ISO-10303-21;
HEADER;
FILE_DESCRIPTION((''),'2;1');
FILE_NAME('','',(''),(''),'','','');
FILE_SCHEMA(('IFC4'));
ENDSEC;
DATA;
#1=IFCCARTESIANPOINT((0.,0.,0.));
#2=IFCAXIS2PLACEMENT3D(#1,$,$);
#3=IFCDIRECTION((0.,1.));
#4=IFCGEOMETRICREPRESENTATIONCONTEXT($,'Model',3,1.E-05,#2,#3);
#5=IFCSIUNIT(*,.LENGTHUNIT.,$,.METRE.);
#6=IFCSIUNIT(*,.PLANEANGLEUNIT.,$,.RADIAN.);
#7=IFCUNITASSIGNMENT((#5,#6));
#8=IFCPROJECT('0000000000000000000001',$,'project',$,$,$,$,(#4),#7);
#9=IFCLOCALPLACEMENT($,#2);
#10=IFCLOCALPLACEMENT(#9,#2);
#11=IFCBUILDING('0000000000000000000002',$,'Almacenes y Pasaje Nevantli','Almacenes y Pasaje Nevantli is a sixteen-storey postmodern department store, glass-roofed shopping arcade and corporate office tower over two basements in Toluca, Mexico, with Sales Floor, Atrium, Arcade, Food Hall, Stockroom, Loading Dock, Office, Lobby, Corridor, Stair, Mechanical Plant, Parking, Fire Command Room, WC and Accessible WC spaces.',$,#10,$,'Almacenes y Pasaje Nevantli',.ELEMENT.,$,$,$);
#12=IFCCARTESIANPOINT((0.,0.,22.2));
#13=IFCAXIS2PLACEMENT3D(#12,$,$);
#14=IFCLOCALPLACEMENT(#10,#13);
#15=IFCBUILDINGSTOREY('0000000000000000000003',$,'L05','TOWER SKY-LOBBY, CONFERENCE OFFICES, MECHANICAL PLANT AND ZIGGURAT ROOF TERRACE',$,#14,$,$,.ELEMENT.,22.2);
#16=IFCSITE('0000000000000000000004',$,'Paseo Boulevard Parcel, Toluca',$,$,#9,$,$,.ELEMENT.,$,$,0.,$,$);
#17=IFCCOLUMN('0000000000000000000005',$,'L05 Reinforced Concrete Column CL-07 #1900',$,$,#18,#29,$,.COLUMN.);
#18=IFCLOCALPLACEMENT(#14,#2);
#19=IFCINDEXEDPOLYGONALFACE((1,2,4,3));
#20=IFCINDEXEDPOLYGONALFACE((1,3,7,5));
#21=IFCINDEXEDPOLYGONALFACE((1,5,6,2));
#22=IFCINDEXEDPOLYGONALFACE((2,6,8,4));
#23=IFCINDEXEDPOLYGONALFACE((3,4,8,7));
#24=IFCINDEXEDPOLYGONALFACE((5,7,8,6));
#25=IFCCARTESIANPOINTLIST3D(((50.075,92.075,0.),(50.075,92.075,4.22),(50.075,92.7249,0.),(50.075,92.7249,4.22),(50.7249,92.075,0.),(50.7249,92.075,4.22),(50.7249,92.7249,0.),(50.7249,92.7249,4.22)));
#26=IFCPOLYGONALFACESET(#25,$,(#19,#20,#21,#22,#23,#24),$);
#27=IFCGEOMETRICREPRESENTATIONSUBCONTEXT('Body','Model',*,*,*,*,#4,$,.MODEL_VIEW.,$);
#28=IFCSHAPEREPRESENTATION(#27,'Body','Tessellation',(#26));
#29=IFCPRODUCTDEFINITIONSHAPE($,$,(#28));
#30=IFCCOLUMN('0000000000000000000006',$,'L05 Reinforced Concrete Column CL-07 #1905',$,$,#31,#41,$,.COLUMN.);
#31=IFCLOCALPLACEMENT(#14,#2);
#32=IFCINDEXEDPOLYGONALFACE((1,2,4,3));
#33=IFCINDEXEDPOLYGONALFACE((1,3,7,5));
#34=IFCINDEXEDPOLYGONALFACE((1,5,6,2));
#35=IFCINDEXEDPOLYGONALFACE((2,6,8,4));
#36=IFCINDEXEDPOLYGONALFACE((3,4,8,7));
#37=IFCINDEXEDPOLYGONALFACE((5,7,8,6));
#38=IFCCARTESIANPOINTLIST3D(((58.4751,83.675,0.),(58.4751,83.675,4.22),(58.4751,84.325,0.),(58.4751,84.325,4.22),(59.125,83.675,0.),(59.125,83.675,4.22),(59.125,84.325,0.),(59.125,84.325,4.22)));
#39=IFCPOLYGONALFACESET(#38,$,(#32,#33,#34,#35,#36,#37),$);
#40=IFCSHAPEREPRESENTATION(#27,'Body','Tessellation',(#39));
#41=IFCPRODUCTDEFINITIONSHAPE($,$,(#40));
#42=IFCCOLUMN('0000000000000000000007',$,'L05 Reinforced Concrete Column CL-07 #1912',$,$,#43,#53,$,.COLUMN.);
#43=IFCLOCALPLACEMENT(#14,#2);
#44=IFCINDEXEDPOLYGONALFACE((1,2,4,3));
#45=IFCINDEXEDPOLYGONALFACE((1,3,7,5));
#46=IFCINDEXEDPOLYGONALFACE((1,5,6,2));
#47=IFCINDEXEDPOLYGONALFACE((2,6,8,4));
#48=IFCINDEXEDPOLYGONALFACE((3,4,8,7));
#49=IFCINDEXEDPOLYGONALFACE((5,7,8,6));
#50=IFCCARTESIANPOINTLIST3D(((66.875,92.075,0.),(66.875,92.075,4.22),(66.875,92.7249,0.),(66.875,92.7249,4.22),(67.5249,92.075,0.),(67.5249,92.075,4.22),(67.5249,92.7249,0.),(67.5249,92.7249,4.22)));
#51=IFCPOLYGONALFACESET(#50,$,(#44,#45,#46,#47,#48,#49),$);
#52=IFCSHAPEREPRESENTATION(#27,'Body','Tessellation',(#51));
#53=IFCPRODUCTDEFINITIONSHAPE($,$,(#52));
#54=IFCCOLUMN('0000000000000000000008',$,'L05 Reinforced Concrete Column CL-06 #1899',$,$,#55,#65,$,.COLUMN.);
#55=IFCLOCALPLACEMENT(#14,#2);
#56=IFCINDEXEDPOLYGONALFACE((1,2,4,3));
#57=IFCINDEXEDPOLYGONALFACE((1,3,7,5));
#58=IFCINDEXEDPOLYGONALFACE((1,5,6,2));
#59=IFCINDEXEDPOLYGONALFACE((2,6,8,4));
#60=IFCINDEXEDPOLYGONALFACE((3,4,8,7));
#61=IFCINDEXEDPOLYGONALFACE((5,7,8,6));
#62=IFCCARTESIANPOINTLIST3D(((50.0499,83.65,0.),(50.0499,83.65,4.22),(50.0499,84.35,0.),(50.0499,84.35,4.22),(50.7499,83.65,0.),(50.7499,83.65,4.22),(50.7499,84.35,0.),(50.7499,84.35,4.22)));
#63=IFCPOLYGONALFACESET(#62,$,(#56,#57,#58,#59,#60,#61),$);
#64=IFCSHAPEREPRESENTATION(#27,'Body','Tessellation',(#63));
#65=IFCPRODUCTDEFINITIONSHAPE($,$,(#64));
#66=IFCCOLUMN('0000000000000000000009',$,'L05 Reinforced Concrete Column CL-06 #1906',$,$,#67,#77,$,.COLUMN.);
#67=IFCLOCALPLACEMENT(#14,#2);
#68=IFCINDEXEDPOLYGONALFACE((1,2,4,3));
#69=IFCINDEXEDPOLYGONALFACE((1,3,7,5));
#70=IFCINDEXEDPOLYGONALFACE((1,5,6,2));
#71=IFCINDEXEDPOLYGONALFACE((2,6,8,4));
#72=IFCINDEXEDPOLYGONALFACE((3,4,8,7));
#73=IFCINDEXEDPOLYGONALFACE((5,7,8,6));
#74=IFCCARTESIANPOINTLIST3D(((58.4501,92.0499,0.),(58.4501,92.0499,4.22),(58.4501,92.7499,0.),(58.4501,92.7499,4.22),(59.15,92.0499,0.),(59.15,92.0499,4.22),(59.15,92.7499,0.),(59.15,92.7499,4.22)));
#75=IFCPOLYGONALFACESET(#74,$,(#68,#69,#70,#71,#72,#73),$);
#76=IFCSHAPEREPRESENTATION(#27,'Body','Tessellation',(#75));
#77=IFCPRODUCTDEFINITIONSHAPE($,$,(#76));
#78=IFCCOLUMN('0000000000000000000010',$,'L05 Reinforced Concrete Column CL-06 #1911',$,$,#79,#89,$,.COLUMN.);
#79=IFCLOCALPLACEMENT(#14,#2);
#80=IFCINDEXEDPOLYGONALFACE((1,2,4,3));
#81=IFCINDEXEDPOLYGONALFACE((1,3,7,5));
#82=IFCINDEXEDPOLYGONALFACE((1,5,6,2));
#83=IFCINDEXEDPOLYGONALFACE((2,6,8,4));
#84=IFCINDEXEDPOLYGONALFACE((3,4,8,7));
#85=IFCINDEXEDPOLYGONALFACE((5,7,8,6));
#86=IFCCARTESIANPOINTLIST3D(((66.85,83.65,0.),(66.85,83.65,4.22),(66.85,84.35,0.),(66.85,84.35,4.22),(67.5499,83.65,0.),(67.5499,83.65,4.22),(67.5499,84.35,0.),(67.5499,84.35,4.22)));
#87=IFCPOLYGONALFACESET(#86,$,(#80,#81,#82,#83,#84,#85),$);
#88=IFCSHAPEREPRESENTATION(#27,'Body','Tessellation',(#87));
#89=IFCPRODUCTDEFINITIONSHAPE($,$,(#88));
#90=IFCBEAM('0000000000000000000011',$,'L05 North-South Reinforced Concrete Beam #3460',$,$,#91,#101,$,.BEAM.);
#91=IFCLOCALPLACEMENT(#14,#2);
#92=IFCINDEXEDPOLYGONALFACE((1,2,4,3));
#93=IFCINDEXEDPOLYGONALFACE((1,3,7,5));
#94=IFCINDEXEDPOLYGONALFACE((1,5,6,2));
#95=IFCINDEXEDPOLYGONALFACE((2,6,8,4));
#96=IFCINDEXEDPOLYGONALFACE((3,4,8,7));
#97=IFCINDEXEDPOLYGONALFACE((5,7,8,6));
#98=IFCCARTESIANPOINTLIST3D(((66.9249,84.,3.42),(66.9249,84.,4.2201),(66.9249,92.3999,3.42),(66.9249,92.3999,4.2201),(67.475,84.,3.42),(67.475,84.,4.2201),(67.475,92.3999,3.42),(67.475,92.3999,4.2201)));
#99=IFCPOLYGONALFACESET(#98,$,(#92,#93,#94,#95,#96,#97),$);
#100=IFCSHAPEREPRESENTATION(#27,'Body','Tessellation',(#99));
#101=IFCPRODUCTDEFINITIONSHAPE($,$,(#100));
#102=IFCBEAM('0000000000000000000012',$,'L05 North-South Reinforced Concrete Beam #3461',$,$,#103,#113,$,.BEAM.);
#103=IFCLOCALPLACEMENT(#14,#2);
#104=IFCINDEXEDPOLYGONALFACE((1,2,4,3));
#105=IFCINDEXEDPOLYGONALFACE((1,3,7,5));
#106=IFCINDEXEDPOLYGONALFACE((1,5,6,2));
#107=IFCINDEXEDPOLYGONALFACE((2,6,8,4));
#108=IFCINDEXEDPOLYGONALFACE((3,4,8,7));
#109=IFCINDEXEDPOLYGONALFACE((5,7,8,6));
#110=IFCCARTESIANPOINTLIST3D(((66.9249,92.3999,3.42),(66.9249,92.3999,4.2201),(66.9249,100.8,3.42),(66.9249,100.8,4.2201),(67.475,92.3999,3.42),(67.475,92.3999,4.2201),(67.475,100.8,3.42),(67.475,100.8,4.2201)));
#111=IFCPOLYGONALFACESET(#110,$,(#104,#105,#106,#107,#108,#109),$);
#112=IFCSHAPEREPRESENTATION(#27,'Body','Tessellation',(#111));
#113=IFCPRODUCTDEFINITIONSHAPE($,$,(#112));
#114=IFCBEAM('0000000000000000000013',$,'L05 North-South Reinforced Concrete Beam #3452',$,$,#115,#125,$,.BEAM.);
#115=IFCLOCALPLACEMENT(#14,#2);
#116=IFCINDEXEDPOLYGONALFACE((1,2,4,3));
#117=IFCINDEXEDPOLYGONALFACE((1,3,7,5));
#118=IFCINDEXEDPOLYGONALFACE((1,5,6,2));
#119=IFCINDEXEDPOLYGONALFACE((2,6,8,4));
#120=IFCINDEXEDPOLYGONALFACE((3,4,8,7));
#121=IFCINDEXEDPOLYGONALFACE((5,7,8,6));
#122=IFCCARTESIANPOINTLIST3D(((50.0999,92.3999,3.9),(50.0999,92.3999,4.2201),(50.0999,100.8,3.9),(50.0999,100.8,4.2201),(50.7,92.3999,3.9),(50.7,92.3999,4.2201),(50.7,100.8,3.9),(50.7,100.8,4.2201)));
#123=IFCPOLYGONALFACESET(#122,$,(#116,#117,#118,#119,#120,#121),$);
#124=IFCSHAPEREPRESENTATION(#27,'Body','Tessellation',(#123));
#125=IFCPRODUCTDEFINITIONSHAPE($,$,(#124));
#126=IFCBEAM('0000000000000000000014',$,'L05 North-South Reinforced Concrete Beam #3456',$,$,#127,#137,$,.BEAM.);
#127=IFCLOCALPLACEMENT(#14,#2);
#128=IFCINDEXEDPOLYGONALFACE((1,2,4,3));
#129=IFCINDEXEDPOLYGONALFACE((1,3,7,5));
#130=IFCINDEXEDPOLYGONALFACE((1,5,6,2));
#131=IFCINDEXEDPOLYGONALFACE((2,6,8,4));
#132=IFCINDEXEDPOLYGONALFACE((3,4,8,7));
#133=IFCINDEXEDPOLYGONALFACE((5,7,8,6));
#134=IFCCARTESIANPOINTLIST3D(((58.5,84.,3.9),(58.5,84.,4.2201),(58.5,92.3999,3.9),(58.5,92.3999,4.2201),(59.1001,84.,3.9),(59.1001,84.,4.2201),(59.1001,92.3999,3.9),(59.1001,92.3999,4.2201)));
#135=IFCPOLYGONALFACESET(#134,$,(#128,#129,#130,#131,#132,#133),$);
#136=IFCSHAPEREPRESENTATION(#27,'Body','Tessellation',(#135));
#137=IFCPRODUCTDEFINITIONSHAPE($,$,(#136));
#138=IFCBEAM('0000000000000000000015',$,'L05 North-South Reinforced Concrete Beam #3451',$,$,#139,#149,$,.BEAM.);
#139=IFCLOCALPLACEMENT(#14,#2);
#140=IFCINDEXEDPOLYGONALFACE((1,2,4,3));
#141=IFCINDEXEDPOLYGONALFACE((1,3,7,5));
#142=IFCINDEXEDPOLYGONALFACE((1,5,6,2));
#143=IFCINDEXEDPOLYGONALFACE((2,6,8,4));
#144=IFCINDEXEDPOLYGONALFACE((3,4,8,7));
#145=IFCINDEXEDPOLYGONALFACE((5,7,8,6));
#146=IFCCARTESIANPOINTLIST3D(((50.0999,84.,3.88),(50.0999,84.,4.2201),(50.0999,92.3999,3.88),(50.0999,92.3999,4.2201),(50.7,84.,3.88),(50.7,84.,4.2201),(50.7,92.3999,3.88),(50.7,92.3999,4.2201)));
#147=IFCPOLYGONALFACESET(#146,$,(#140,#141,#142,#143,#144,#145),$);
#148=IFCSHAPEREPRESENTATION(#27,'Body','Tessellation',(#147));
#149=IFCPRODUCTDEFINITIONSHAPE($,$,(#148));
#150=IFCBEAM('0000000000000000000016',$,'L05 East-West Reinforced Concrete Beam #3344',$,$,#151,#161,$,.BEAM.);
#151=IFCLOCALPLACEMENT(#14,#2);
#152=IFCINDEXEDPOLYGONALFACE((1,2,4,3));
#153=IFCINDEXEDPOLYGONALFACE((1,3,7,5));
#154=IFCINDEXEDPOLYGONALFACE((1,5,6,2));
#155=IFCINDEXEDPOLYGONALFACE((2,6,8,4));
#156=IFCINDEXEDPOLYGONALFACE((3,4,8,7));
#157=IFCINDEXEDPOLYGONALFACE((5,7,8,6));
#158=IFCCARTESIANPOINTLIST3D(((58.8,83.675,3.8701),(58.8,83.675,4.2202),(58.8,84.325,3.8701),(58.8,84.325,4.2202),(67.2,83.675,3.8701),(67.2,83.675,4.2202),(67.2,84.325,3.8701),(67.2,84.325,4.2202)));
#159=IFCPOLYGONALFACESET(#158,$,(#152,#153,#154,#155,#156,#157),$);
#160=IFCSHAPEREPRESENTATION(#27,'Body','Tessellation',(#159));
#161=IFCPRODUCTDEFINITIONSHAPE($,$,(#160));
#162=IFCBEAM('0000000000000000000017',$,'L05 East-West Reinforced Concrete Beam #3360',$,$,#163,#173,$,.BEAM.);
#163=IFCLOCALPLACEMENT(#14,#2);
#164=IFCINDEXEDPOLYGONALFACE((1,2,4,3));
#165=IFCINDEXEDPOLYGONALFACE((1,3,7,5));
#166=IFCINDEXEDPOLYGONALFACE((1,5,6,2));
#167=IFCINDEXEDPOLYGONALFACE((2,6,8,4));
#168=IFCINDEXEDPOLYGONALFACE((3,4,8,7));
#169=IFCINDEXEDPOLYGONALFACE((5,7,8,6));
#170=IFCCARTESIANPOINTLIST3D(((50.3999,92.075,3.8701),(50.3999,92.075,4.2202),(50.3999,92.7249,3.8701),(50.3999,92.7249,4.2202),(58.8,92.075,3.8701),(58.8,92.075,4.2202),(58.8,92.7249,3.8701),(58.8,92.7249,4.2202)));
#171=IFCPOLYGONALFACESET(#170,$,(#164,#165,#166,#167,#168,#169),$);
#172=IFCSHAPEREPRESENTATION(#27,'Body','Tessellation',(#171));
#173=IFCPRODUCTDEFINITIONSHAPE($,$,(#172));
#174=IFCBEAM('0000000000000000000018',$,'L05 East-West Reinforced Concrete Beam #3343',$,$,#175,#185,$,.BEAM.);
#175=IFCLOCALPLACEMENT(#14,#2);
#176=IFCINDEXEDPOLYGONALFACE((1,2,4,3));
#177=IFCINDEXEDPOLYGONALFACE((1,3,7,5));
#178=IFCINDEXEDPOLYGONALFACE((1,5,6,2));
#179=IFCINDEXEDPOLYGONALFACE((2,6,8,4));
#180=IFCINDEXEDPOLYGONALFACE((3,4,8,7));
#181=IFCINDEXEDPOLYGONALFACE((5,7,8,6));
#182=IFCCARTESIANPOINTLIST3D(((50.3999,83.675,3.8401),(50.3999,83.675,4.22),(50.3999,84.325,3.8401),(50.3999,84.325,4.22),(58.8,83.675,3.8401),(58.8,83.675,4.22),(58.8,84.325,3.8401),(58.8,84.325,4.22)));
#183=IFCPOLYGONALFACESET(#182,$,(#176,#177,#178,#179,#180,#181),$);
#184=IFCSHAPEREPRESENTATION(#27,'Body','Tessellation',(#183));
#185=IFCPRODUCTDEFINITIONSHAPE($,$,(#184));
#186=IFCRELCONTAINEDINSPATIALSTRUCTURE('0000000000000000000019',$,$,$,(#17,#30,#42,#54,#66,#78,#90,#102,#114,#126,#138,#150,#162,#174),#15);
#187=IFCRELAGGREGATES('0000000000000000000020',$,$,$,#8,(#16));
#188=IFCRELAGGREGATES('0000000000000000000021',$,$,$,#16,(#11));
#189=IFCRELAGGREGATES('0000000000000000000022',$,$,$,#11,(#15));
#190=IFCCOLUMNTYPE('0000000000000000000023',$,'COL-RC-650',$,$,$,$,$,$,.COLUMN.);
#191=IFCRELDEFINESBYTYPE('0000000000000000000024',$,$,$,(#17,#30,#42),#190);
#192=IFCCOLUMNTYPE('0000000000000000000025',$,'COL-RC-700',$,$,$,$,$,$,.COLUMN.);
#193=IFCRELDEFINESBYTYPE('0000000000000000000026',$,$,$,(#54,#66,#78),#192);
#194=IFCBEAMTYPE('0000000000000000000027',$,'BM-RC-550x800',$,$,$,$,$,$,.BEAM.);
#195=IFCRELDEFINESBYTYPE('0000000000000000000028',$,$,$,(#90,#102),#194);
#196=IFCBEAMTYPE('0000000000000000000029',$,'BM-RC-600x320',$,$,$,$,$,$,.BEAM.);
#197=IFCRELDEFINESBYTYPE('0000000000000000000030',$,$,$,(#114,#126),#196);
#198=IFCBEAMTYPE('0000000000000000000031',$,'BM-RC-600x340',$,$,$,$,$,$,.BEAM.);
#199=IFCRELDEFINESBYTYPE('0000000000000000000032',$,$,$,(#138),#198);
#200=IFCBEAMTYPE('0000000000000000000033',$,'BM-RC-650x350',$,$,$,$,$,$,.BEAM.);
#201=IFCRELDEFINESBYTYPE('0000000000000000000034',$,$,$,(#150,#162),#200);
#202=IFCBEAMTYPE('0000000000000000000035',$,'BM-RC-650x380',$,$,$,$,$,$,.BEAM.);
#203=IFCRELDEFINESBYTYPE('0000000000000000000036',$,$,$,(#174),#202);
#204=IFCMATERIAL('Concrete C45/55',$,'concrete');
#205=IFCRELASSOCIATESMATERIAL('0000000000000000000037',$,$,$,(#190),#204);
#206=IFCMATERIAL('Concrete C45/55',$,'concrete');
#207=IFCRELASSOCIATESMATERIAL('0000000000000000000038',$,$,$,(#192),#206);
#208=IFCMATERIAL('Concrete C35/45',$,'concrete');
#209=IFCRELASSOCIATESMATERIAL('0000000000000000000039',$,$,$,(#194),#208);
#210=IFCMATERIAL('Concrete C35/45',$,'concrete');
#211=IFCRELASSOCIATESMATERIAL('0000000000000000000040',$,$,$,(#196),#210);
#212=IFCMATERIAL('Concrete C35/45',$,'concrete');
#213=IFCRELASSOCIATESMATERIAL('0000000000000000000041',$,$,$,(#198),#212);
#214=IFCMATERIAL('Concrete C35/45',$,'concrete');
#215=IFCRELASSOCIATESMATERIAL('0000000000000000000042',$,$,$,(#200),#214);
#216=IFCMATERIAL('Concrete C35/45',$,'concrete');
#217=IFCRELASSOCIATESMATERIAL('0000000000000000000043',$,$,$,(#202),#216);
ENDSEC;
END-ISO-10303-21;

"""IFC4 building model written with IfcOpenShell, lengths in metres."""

from ifc_helpers import new_model, si_unit, direction, frame, origin, origin_2d, place, context, subcontext, project, spatial, rectangle, extrude, material, material_profile, profile_set, type_object, element, save


model = new_model("IFC4")

# Units and contexts
model_context = context("Model", 3, precision=1e-05, world=origin(), true_north=direction((0.0, 1.0)))
body_context = subcontext(model_context, "Body", "Model", "MODEL_VIEW")
ifc_project = project(units=[si_unit("LENGTHUNIT", "METRE"), si_unit("PLANEANGLEUNIT", "RADIAN")], contexts=[model_context])

# Site, building, storey
site_placement = place(None, origin())
site = spatial("IfcSite", under=ifc_project, at=site_placement, Name="Paseo Boulevard Parcel, Toluca", CompositionType="ELEMENT", RefElevation=0.0)
building_placement = place(site_placement, origin())
building = spatial("IfcBuilding", under=site, at=building_placement, Name="Almacenes y Pasaje Nevantli", Description="Almacenes y Pasaje Nevantli is a sixteen-storey postmodern department store, glass-roofed shopping arcade and corporate office tower over two basements in Toluca, Mexico, with Sales Floor, Atrium, Arcade, Food Hall, Stockroom, Loading Dock, Office, Lobby, Corridor, Stair, Mechanical Plant, Parking, Fire Command Room, WC and Accessible WC spaces.", LongName="Almacenes y Pasaje Nevantli", CompositionType="ELEMENT")
storey_placement = place(building_placement, frame((0.0, 0.0, 22.2)))
storey = spatial("IfcBuildingStorey", under=building, at=storey_placement, Name="L05", Description="TOWER SKY-LOBBY, CONFERENCE OFFICES, MECHANICAL PLANT AND ZIGGURAT ROOF TERRACE", CompositionType="ELEMENT", Elevation=22.2)

# Columns
ifc_material_1 = material(Name="Concrete C45/55", Category="concrete")
ifc_material_profile_1 = material_profile(ifc_material_1, rectangle(XDim=0.6499, YDim=0.6499, at=origin_2d()), Name="RC-COL-650x650")
ifc_profile_set_1 = profile_set([ifc_material_profile_1], Name="Concrete C45/55")
column_type_1 = type_object("IfcColumnType", Name="COL-RC-650", PredefinedType="COLUMN", material=ifc_profile_set_1)
for number, where, z_axis, x_axis, name in (
    (1, (50.3999, 92.3999, 0.0), (0.0, 0.0, 1.0), (1.0, 0.0, 0.0), "L05 Reinforced Concrete Column CL-07 #1900"),
    (2, (58.8, 84.0, 0.0), (0.0, 0.0, 1.0), (1.0, 0.0, 0.0), "L05 Reinforced Concrete Column CL-07 #1905"),
    (3, (67.2, 92.3999, 0.0), (0.0, 0.0, 1.0), (1.0, 0.0, 0.0), "L05 Reinforced Concrete Column CL-07 #1912"),
):
    element("IfcColumn", number, at=place(storey_placement, frame(where, z_axis=z_axis, x_axis=x_axis)), inside=storey, type_object=column_type_1, Name=name, PredefinedType="COLUMN", context=body_context, shape_type="SweptSolid", body=[
        extrude(rectangle(XDim=0.6499, YDim=0.6499, at=origin_2d()), origin(), (0.0, 0.0, 1.0), 4.22),
    ])
ifc_material_2 = material(Name="Concrete C45/55", Category="concrete")
ifc_material_profile_2 = material_profile(ifc_material_2, rectangle(XDim=0.7, YDim=0.7, at=origin_2d()), Name="RC-COL-700x700")
ifc_profile_set_2 = profile_set([ifc_material_profile_2], Name="Concrete C45/55")
column_type_2 = type_object("IfcColumnType", Name="COL-RC-700", PredefinedType="COLUMN", material=ifc_profile_set_2)
for number, where, z_axis, x_axis, name in (
    (4, (50.3999, 84.0, 0.0), (0.0, 0.0, 1.0), (1.0, 0.0, 0.0), "L05 Reinforced Concrete Column CL-06 #1899"),
    (5, (58.8, 92.3999, 0.0), (0.0, 0.0, 1.0), (1.0, 0.0, 0.0), "L05 Reinforced Concrete Column CL-06 #1906"),
    (6, (67.2, 84.0, 0.0), (0.0, 0.0, 1.0), (1.0, 0.0, 0.0), "L05 Reinforced Concrete Column CL-06 #1911"),
):
    element("IfcColumn", number, at=place(storey_placement, frame(where, z_axis=z_axis, x_axis=x_axis)), inside=storey, type_object=column_type_2, Name=name, PredefinedType="COLUMN", context=body_context, shape_type="SweptSolid", body=[
        extrude(rectangle(XDim=0.7, YDim=0.7, at=origin_2d()), origin(), (0.0, 0.0, 1.0), 4.22),
    ])

# Beams
ifc_material_3 = material(Name="Concrete C35/45", Category="concrete")
ifc_material_profile_3 = material_profile(ifc_material_3, rectangle(XDim=0.55, YDim=0.8, at=origin_2d()), Name="RC-BM-550x800")
ifc_profile_set_3 = profile_set([ifc_material_profile_3], Name="Concrete C35/45")
beam_type_1 = type_object("IfcBeamType", Name="BM-RC-550x800", PredefinedType="BEAM", material=ifc_profile_set_3)
beam_1_placement = place(storey_placement, frame((67.2, 84.0, 3.8201), z_axis=(0.0, 1.0, 0.0), x_axis=(-1.0, 0.0, 0.0)))
element("IfcBeam", 7, at=beam_1_placement, inside=storey, type_object=beam_type_1, Name="L05 North-South Reinforced Concrete Beam #3460", PredefinedType="BEAM", context=body_context, shape_type="SweptSolid", body=[
    extrude(rectangle(XDim=0.55, YDim=0.8, at=origin_2d()), origin(), (0.0, 0.0, 1.0), 8.3999),
])
beam_2_placement = place(storey_placement, frame((67.2, 92.3999, 3.8201), z_axis=(0.0, 1.0, 0.0), x_axis=(-1.0, 0.0, 0.0)))
element("IfcBeam", 8, at=beam_2_placement, inside=storey, type_object=beam_type_1, Name="L05 North-South Reinforced Concrete Beam #3461", PredefinedType="BEAM", context=body_context, shape_type="SweptSolid", body=[
    extrude(rectangle(XDim=0.55, YDim=0.8, at=origin_2d()), origin(), (0.0, 0.0, 1.0), 8.4001),
])
ifc_material_4 = material(Name="Concrete C35/45", Category="concrete")
ifc_material_profile_4 = material_profile(ifc_material_4, rectangle(XDim=0.6001, YDim=0.3201, at=origin_2d()), Name="RC-BM-600x320")
ifc_profile_set_4 = profile_set([ifc_material_profile_4], Name="Concrete C35/45")
beam_type_2 = type_object("IfcBeamType", Name="BM-RC-600x320", PredefinedType="BEAM", material=ifc_profile_set_4)
beam_3_placement = place(storey_placement, frame((50.3999, 92.3999, 4.0601), z_axis=(0.0, 1.0, 0.0), x_axis=(-1.0, 0.0, 0.0)))
element("IfcBeam", 9, at=beam_3_placement, inside=storey, type_object=beam_type_2, Name="L05 North-South Reinforced Concrete Beam #3452", PredefinedType="BEAM", context=body_context, shape_type="SweptSolid", body=[
    extrude(rectangle(XDim=0.6001, YDim=0.3201, at=origin_2d()), origin(), (0.0, 0.0, 1.0), 8.4001),
])
beam_4_placement = place(storey_placement, frame((58.8, 84.0, 4.0601), z_axis=(0.0, 1.0, 0.0), x_axis=(-1.0, 0.0, 0.0)))
element("IfcBeam", 10, at=beam_4_placement, inside=storey, type_object=beam_type_2, Name="L05 North-South Reinforced Concrete Beam #3456", PredefinedType="BEAM", context=body_context, shape_type="SweptSolid", body=[
    extrude(rectangle(XDim=0.6001, YDim=0.3201, at=origin_2d()), origin(), (0.0, 0.0, 1.0), 8.3999),
])
ifc_material_5 = material(Name="Concrete C35/45", Category="concrete")
ifc_material_profile_5 = material_profile(ifc_material_5, rectangle(XDim=0.6001, YDim=0.3401, at=origin_2d()), Name="RC-BM-600x340")
ifc_profile_set_5 = profile_set([ifc_material_profile_5], Name="Concrete C35/45")
beam_type_3 = type_object("IfcBeamType", Name="BM-RC-600x340", PredefinedType="BEAM", material=ifc_profile_set_5)
beam_5_placement = place(storey_placement, frame((50.3999, 84.0, 4.05), z_axis=(0.0, 1.0, 0.0), x_axis=(-1.0, 0.0, 0.0)))
element("IfcBeam", 11, at=beam_5_placement, inside=storey, type_object=beam_type_3, Name="L05 North-South Reinforced Concrete Beam #3451", PredefinedType="BEAM", context=body_context, shape_type="SweptSolid", body=[
    extrude(rectangle(XDim=0.6001, YDim=0.3401, at=origin_2d()), origin(), (0.0, 0.0, 1.0), 8.3999),
])
ifc_material_6 = material(Name="Concrete C35/45", Category="concrete")
ifc_material_profile_6 = material_profile(ifc_material_6, rectangle(XDim=0.6499, YDim=0.3501, at=origin_2d()), Name="RC-BM-650x350")
ifc_profile_set_6 = profile_set([ifc_material_profile_6], Name="Concrete C35/45")
beam_type_4 = type_object("IfcBeamType", Name="BM-RC-650x350", PredefinedType="BEAM", material=ifc_profile_set_6)
beam_6_placement = place(storey_placement, frame((58.8, 84.0, 4.0452), z_axis=(1.0, 0.0, 0.0), x_axis=(0.0, 1.0, 0.0)))
element("IfcBeam", 12, at=beam_6_placement, inside=storey, type_object=beam_type_4, Name="L05 East-West Reinforced Concrete Beam #3344", PredefinedType="BEAM", context=body_context, shape_type="SweptSolid", body=[
    extrude(rectangle(XDim=0.6499, YDim=0.3501, at=origin_2d()), origin(), (0.0, 0.0, 1.0), 8.3999),
])
beam_7_placement = place(storey_placement, frame((50.3999, 92.3999, 4.0452), z_axis=(1.0, 0.0, 0.0), x_axis=(0.0, 1.0, 0.0)))
element("IfcBeam", 13, at=beam_7_placement, inside=storey, type_object=beam_type_4, Name="L05 East-West Reinforced Concrete Beam #3360", PredefinedType="BEAM", context=body_context, shape_type="SweptSolid", body=[
    extrude(rectangle(XDim=0.6499, YDim=0.3501, at=origin_2d()), origin(), (0.0, 0.0, 1.0), 8.4001),
])
ifc_material_7 = material(Name="Concrete C35/45", Category="concrete")
ifc_material_profile_7 = material_profile(ifc_material_7, rectangle(XDim=0.6499, YDim=0.3799, at=origin_2d()), Name="RC-BM-650x380")
ifc_profile_set_7 = profile_set([ifc_material_profile_7], Name="Concrete C35/45")
beam_type_5 = type_object("IfcBeamType", Name="BM-RC-650x380", PredefinedType="BEAM", material=ifc_profile_set_7)
beam_8_placement = place(storey_placement, frame((50.3999, 84.0, 4.03), z_axis=(1.0, 0.0, 0.0), x_axis=(0.0, 1.0, 0.0)))
element("IfcBeam", 14, at=beam_8_placement, inside=storey, type_object=beam_type_5, Name="L05 East-West Reinforced Concrete Beam #3343", PredefinedType="BEAM", context=body_context, shape_type="SweptSolid", body=[
    extrude(rectangle(XDim=0.6499, YDim=0.3799, at=origin_2d()), origin(), (0.0, 0.0, 1.0), 8.4001),
])

save(model, "model.ifc")
